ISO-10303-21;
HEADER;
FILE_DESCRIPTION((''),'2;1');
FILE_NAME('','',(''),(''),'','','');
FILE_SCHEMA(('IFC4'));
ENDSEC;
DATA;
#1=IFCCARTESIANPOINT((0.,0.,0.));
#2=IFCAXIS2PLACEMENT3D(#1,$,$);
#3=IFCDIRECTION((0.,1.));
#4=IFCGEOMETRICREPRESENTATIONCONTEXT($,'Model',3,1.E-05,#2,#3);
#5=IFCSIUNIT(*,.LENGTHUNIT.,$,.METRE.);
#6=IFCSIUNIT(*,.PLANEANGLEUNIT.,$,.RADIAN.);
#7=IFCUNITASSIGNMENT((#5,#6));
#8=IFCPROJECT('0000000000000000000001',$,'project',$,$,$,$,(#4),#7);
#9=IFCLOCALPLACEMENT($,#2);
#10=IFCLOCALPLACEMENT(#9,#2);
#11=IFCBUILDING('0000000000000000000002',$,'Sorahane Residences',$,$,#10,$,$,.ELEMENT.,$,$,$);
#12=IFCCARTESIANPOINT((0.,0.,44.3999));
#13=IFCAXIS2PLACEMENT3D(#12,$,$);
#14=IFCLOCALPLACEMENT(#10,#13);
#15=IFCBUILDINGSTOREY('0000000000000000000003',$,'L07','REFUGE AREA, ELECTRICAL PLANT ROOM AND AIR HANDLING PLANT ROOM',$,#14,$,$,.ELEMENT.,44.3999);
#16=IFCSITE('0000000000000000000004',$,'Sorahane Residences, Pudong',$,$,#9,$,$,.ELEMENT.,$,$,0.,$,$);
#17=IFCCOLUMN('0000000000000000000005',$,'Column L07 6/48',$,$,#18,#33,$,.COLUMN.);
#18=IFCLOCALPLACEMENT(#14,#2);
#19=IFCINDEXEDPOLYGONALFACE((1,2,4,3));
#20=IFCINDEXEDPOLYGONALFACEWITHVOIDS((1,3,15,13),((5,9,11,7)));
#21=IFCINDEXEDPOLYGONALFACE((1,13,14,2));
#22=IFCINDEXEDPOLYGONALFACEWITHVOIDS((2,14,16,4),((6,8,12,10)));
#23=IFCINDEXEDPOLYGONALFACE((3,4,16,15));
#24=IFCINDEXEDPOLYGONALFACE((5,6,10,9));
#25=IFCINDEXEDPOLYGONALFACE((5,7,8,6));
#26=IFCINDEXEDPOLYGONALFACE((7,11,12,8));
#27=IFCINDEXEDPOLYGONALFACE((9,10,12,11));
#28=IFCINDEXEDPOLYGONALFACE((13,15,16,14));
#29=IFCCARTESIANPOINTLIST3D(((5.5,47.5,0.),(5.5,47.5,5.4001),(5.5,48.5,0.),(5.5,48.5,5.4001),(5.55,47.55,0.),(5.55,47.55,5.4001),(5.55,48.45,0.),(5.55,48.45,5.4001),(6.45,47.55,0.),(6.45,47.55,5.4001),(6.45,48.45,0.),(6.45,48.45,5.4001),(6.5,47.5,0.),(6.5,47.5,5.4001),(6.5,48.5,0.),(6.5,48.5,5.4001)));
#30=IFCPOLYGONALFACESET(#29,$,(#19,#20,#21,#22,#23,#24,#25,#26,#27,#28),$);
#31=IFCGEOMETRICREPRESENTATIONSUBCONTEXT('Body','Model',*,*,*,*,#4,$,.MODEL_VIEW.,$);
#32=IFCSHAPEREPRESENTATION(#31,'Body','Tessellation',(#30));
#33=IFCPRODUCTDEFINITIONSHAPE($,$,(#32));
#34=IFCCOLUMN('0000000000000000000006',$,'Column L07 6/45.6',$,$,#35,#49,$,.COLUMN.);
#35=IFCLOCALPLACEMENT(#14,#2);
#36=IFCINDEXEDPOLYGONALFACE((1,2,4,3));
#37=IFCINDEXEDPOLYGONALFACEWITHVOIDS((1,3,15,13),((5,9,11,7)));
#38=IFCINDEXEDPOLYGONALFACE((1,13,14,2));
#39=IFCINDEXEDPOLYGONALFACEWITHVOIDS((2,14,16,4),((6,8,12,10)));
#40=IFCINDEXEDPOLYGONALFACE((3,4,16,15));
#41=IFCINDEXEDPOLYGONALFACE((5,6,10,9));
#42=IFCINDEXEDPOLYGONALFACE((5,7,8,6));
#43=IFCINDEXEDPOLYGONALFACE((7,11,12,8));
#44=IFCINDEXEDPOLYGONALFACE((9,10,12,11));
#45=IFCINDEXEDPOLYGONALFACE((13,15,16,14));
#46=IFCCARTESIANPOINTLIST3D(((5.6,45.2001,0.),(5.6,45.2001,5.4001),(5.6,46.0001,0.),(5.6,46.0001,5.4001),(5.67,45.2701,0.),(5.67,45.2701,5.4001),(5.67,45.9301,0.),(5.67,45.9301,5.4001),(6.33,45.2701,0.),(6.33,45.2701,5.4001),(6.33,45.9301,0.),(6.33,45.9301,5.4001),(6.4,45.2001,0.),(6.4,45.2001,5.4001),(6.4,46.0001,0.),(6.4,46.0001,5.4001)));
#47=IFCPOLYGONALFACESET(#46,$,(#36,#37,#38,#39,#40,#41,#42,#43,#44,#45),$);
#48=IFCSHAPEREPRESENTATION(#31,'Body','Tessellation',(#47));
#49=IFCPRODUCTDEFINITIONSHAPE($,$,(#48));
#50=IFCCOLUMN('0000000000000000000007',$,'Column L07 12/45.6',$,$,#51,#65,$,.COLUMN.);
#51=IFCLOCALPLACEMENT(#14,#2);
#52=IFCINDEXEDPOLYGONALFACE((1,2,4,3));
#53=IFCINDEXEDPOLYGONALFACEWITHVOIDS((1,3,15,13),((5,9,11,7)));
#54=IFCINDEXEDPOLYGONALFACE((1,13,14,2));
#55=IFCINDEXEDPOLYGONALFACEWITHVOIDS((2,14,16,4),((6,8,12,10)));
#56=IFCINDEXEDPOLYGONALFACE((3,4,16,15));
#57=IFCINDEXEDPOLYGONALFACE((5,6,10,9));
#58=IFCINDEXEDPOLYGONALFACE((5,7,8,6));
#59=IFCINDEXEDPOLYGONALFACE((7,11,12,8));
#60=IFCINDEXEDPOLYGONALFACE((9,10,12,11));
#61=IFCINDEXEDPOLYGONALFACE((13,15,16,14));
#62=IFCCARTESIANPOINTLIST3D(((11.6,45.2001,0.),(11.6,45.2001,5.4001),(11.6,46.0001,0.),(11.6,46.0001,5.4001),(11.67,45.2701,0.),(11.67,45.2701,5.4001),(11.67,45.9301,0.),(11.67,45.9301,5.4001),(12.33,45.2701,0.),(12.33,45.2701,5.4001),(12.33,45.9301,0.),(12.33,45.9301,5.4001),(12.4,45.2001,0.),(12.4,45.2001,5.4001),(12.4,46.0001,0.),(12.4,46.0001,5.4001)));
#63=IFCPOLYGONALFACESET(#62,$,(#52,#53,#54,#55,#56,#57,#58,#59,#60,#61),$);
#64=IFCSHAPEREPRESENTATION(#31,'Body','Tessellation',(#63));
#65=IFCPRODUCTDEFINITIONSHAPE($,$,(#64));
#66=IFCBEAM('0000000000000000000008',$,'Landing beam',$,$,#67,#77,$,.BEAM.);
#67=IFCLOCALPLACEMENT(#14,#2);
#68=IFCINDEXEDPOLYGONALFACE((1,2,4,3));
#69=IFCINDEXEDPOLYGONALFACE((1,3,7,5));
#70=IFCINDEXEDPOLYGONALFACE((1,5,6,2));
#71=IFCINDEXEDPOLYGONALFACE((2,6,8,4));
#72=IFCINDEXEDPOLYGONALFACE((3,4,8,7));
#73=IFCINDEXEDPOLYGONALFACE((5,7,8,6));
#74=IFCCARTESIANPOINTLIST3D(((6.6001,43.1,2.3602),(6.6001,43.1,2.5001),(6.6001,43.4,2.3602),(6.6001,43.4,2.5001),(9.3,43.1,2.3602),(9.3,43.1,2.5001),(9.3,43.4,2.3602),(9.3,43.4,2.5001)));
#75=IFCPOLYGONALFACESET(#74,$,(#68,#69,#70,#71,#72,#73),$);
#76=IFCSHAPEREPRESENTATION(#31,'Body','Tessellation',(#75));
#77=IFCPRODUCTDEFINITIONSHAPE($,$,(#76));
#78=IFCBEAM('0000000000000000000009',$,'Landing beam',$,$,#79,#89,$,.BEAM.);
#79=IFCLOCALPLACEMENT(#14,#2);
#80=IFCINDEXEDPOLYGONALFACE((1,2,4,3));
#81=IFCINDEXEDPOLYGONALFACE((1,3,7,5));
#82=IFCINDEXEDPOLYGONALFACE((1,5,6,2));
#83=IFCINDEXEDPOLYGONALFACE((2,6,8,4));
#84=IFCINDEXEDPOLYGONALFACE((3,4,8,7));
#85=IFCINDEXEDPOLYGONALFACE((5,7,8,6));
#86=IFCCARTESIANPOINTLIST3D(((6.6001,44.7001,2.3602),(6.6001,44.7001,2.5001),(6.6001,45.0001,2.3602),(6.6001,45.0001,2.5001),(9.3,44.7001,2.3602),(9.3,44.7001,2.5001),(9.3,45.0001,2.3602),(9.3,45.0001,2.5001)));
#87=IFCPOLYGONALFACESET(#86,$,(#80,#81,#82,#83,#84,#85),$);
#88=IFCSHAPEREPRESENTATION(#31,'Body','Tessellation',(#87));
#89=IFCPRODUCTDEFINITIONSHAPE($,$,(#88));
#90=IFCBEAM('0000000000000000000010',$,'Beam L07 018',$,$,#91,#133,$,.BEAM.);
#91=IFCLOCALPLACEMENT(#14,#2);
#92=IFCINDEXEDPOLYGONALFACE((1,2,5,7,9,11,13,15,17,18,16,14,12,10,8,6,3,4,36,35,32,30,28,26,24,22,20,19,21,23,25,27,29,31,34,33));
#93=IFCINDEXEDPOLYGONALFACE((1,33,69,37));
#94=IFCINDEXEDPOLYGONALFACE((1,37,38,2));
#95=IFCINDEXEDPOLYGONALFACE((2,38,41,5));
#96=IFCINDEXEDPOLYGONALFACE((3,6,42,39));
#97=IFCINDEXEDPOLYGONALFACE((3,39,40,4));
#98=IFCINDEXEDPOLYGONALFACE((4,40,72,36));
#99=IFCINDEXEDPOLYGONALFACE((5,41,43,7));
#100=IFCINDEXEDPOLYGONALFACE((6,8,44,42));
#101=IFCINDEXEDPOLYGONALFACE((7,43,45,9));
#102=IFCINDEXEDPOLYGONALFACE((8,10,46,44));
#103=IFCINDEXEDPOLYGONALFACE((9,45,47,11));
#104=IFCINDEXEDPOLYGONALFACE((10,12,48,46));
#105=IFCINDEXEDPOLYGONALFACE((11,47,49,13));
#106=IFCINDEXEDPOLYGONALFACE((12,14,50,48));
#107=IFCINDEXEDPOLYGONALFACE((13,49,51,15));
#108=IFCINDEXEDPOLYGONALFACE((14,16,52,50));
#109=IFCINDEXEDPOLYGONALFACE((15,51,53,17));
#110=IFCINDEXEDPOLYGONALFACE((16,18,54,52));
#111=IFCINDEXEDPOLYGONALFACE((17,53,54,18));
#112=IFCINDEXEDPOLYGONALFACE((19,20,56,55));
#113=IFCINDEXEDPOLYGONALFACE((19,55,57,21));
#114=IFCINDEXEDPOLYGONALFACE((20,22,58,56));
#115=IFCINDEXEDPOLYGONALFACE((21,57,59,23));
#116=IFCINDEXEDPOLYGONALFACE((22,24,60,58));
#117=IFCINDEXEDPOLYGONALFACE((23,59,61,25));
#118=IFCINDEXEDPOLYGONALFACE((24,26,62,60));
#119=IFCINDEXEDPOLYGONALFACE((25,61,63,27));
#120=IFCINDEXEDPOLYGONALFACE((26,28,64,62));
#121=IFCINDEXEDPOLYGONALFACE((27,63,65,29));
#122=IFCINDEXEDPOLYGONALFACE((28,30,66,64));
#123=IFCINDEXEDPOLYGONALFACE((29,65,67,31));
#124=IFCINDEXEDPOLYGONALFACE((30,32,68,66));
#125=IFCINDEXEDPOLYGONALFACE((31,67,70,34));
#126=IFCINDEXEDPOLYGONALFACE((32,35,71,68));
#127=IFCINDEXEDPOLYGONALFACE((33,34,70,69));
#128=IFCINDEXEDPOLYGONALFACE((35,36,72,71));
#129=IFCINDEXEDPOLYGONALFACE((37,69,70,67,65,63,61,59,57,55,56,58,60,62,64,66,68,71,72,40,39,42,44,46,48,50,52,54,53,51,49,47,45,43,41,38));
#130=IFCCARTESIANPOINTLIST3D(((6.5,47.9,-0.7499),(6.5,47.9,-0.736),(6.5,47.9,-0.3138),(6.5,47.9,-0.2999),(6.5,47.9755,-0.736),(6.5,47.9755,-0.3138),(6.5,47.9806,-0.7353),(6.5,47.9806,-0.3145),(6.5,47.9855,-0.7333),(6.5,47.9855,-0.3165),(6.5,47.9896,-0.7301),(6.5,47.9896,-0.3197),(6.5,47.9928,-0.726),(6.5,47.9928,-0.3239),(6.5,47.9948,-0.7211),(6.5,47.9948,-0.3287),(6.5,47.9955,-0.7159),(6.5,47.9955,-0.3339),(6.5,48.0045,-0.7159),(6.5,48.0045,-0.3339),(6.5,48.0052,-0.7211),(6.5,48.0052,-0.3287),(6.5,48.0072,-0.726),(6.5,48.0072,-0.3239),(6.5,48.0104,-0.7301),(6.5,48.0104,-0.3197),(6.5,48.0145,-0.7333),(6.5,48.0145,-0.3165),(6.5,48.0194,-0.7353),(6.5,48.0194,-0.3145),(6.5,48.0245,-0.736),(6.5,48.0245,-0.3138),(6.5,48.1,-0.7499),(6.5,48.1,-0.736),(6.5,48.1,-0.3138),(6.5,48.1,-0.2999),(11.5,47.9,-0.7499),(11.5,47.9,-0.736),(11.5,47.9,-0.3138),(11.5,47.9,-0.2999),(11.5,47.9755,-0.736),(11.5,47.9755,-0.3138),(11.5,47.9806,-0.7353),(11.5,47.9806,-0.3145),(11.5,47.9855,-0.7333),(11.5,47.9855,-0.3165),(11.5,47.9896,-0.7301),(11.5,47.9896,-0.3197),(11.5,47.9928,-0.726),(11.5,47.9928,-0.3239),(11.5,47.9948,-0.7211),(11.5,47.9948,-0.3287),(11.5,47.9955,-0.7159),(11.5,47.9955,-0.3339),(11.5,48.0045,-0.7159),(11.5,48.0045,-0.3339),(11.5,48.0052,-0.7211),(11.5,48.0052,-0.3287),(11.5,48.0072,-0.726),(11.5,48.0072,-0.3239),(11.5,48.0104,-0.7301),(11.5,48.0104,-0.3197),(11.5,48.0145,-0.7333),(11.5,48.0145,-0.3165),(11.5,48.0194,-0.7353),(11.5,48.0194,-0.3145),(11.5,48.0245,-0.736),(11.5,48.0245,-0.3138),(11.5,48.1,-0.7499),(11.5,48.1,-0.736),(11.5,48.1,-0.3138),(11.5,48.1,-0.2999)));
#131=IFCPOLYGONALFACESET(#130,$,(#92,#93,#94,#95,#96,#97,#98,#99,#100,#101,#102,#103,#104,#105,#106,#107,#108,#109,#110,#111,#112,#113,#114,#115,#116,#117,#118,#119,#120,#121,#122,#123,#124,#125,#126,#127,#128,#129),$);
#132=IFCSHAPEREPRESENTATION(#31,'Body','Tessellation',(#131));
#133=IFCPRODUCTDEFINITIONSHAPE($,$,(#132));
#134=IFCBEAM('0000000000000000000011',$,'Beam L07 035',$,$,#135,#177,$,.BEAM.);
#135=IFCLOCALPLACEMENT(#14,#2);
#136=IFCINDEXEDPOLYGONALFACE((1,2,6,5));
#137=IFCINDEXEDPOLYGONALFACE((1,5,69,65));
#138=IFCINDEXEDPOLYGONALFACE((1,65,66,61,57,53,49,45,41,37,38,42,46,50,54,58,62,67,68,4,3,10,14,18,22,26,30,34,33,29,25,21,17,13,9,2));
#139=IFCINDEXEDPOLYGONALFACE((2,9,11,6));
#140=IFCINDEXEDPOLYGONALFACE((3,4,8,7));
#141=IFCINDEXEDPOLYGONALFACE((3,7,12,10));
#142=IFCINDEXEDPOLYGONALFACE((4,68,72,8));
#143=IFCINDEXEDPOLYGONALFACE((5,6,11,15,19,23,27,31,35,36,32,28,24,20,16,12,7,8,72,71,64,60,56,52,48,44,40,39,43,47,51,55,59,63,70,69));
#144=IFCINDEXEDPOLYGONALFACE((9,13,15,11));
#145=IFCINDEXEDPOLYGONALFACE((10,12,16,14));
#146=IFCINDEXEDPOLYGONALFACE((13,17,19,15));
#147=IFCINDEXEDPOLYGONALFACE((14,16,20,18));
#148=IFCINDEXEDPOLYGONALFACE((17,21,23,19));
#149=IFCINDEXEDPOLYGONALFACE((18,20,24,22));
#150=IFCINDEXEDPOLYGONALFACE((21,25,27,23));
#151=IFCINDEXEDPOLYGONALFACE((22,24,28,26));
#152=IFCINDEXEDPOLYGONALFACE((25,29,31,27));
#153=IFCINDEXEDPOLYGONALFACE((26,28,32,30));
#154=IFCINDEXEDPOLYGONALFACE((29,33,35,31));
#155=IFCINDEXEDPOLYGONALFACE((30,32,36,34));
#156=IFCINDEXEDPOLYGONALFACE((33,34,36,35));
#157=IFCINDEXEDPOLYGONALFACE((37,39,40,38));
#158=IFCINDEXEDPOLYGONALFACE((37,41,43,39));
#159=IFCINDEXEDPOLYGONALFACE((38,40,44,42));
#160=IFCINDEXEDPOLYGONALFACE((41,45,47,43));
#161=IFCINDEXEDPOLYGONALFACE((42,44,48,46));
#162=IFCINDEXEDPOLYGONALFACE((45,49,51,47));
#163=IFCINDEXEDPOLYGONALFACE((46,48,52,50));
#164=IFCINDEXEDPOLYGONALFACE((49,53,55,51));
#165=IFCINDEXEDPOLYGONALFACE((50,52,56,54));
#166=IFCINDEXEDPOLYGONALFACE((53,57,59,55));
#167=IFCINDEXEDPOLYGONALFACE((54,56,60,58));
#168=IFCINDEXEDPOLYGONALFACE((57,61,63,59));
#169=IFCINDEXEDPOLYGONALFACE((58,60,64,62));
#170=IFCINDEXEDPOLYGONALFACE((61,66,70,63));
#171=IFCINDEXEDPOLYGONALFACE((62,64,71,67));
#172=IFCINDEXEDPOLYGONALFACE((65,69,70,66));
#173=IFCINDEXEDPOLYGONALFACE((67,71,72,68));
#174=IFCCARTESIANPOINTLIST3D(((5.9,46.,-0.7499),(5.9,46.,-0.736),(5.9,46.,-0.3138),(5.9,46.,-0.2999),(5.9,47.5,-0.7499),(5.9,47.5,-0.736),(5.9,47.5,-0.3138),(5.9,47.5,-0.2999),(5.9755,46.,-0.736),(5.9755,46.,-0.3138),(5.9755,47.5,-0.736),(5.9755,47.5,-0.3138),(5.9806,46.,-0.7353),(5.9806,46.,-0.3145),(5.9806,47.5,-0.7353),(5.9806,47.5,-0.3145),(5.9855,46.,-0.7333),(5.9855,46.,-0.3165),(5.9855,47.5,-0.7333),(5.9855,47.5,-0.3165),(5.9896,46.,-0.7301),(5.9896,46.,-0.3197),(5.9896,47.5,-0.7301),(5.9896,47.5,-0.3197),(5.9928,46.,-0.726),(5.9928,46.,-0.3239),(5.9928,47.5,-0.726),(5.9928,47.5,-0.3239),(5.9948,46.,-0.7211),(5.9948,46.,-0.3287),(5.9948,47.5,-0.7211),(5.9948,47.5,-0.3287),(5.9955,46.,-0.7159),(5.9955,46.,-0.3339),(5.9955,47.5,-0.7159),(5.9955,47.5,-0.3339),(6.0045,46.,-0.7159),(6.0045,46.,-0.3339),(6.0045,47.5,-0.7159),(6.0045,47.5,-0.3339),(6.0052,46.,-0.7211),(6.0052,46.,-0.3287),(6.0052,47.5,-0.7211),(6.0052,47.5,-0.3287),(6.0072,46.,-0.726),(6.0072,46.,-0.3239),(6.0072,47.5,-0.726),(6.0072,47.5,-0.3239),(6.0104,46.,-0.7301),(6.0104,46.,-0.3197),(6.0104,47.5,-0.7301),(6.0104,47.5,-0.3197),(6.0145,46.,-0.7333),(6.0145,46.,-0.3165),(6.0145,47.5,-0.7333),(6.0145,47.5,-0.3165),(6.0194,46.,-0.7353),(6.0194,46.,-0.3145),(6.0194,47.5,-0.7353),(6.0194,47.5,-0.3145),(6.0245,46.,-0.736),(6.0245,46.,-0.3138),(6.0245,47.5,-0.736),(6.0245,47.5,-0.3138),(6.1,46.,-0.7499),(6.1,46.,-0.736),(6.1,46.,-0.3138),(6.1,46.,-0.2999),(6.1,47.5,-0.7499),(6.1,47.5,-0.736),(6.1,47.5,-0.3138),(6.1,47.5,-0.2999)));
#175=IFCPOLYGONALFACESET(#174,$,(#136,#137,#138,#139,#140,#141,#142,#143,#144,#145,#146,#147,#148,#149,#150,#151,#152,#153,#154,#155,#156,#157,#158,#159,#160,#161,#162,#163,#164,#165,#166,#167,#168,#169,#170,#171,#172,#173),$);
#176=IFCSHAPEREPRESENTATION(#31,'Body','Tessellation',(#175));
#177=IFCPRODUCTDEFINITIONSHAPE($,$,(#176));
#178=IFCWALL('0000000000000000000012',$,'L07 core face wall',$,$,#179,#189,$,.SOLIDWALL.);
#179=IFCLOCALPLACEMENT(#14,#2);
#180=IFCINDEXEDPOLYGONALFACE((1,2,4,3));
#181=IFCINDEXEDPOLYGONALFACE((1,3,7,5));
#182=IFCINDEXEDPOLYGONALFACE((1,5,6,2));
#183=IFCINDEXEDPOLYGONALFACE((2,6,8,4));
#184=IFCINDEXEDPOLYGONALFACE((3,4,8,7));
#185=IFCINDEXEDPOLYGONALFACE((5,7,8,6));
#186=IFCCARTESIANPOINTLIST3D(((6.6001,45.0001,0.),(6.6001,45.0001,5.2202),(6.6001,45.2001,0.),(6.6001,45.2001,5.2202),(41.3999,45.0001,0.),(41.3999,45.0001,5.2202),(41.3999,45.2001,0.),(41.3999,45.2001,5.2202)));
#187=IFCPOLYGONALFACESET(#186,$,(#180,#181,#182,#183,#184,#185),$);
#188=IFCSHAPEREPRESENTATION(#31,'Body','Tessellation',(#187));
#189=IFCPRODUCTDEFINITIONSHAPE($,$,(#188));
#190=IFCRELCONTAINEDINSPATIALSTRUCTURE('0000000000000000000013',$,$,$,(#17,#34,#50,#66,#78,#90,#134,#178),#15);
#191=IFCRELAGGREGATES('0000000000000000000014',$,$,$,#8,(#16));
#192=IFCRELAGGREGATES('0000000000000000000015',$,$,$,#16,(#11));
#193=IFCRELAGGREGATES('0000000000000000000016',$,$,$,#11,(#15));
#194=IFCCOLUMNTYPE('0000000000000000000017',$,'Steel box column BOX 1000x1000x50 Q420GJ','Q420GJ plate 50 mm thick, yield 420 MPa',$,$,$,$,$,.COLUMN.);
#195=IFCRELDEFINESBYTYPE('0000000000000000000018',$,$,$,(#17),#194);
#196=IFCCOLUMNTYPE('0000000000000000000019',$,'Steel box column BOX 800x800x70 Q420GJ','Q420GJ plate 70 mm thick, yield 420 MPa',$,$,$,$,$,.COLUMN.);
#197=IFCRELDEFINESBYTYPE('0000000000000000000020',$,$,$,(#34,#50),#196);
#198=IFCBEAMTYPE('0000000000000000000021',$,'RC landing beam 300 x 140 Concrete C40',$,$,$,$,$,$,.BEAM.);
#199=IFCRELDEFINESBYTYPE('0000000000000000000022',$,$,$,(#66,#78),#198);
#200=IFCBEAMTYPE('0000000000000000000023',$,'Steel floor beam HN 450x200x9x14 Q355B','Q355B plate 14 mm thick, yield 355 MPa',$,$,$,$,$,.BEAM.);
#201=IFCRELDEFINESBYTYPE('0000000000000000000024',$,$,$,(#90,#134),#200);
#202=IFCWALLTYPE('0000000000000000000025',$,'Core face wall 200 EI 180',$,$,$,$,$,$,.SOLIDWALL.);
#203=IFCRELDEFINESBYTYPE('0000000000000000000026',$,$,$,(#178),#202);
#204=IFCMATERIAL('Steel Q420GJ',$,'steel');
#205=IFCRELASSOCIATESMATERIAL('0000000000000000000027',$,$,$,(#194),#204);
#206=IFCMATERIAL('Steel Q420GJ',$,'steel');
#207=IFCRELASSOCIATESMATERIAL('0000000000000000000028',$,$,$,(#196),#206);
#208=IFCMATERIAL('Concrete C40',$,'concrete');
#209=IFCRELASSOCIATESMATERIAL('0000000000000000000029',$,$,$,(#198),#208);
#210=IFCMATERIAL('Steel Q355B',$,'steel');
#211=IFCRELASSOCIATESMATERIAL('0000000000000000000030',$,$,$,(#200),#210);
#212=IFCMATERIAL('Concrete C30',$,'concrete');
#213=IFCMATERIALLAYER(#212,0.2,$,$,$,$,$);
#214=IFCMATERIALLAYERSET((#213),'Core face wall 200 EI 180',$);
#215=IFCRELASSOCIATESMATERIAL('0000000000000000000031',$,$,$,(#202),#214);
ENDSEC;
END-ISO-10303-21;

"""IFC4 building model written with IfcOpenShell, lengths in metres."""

from ifc_helpers import new_model, si_unit, direction, frame, frame_2d, origin, origin_2d, place, context, subcontext, project, spatial, rectangle, hollow_rectangle, i_section, extrude, material, layer, layer_set, material_profile, profile_set, type_object, element, save


model = new_model("IFC4")

# Units and contexts
model_context = context("Model", 3, precision=1e-05, world=origin(), true_north=direction((0.0, 1.0)))
body_context = subcontext(model_context, "Body", "Model", "MODEL_VIEW")
ifc_project = project(units=[si_unit("LENGTHUNIT", "METRE"), si_unit("PLANEANGLEUNIT", "RADIAN")], contexts=[model_context])

# Site, building, storey
site_placement = place(None, origin())
site = spatial("IfcSite", under=ifc_project, at=site_placement, Name="Sorahane Residences, Pudong", CompositionType="ELEMENT", RefElevation=0.0)
building_placement = place(site_placement, origin())
building = spatial("IfcBuilding", under=site, at=building_placement, Name="Sorahane Residences", CompositionType="ELEMENT")
storey_placement = place(building_placement, frame((0.0, 0.0, 44.3999)))
storey = spatial("IfcBuildingStorey", under=building, at=storey_placement, Name="L07", Description="REFUGE AREA, ELECTRICAL PLANT ROOM AND AIR HANDLING PLANT ROOM", CompositionType="ELEMENT", Elevation=44.3999)

# Columns
ifc_material_1 = material(Name="Steel Q420GJ", Category="steel")
ifc_material_profile_1 = material_profile(ifc_material_1, hollow_rectangle(XDim=1.0, YDim=1.0, WallThickness=0.05, at=origin_2d()), Name="BOX 1000x1000x50")
ifc_profile_set_1 = profile_set([ifc_material_profile_1], Name="Steel Q420GJ")
column_type_1 = type_object("IfcColumnType", Name="Steel box column BOX 1000x1000x50 Q420GJ", Description="Q420GJ plate 50 mm thick, yield 420 MPa", PredefinedType="COLUMN", material=ifc_profile_set_1)
column_placement = place(storey_placement, frame((6.0, 48.0, 0.0), z_axis=(0.0, 0.0, 1.0), x_axis=(1.0, 0.0, 0.0)))
element("IfcColumn", 1, at=column_placement, inside=storey, type_object=column_type_1, Name="Column L07 6/48", PredefinedType="COLUMN", context=body_context, shape_type="SweptSolid", body=[
    extrude(hollow_rectangle(XDim=1.0, YDim=1.0, WallThickness=0.05, at=origin_2d()), origin(), (0.0, 0.0, 1.0), 5.4001),
])
ifc_material_2 = material(Name="Steel Q420GJ", Category="steel")
ifc_material_profile_2 = material_profile(ifc_material_2, hollow_rectangle(XDim=0.8, YDim=0.8, WallThickness=0.0701, at=origin_2d()), Name="BOX 800x800x70")
ifc_profile_set_2 = profile_set([ifc_material_profile_2], Name="Steel Q420GJ")
column_type_2 = type_object("IfcColumnType", Name="Steel box column BOX 800x800x70 Q420GJ", Description="Q420GJ plate 70 mm thick, yield 420 MPa", PredefinedType="COLUMN", material=ifc_profile_set_2)
for number, where, z_axis, x_axis, name in (
    (2, (6.0, 45.6001, 0.0), (0.0, 0.0, 1.0), (1.0, 0.0, 0.0), "Column L07 6/45.6"),
    (3, (12.0, 45.6001, 0.0), (0.0, 0.0, 1.0), (1.0, 0.0, 0.0), "Column L07 12/45.6"),
):
    element("IfcColumn", number, at=place(storey_placement, frame(where, z_axis=z_axis, x_axis=x_axis)), inside=storey, type_object=column_type_2, Name=name, PredefinedType="COLUMN", context=body_context, shape_type="SweptSolid", body=[
        extrude(hollow_rectangle(XDim=0.8, YDim=0.8, WallThickness=0.0701, at=origin_2d()), origin(), (0.0, 0.0, 1.0), 5.4001),
    ])

# Beams
ifc_material_3 = material(Name="Concrete C40", Category="concrete")
ifc_material_profile_3 = material_profile(ifc_material_3, rectangle(XDim=0.3, YDim=0.1399, at=origin_2d()), Name="300x140")
ifc_profile_set_3 = profile_set([ifc_material_profile_3], Name="Concrete C40")
beam_type_1 = type_object("IfcBeamType", Name="RC landing beam 300 x 140 Concrete C40", PredefinedType="BEAM", material=ifc_profile_set_3)
for number, where, z_axis, x_axis, name in (
    (4, (6.6001, 43.25, 2.4302), (1.0, 0.0, 0.0), (0.0, 1.0, 0.0), "Landing beam"),
    (5, (6.6001, 44.8501, 2.4302), (1.0, 0.0, 0.0), (0.0, 1.0, 0.0), "Landing beam"),
):
    element("IfcBeam", number, at=place(storey_placement, frame(where, z_axis=z_axis, x_axis=x_axis)), inside=storey, type_object=beam_type_1, Name=name, PredefinedType="BEAM", context=body_context, shape_type="SweptSolid", body=[
        extrude(rectangle(XDim=0.3, YDim=0.1399, at=origin_2d()), origin(), (0.0, 0.0, 1.0), 2.7),
    ])
ifc_material_4 = material(Name="Steel Q355B", Category="steel")
ifc_material_profile_4 = material_profile(ifc_material_4, i_section(OverallWidth=0.2, OverallDepth=0.45, WebThickness=0.009, FlangeThickness=0.0139, FilletRadius=0.02, at=origin_2d()), Name="HN 450x200x9x14")
ifc_profile_set_4 = profile_set([ifc_material_profile_4], Name="Steel Q355B")
beam_type_2 = type_object("IfcBeamType", Name="Steel floor beam HN 450x200x9x14 Q355B", Description="Q355B plate 14 mm thick, yield 355 MPa", PredefinedType="BEAM", material=ifc_profile_set_4)
beam_1_placement = place(storey_placement, frame((6.5, 48.0, -0.5249), z_axis=(1.0, 0.0, 0.0), x_axis=(0.0, 1.0, 0.0)))
element("IfcBeam", 6, at=beam_1_placement, inside=storey, type_object=beam_type_2, Name="Beam L07 018", PredefinedType="BEAM", context=body_context, shape_type="SweptSolid", body=[
    extrude(i_section(OverallWidth=0.2, OverallDepth=0.45, WebThickness=0.009, FlangeThickness=0.0139, FilletRadius=0.02, at=origin_2d()), origin(), (0.0, 0.0, 1.0), 5.0),
])
beam_2_placement = place(storey_placement, frame((6.0, 46.0, -0.5249), z_axis=(0.0, 1.0, 0.0), x_axis=(-1.0, 0.0, 0.0)))
element("IfcBeam", 7, at=beam_2_placement, inside=storey, type_object=beam_type_2, Name="Beam L07 035", PredefinedType="BEAM", context=body_context, shape_type="SweptSolid", body=[
    extrude(i_section(OverallWidth=0.2, OverallDepth=0.45, WebThickness=0.009, FlangeThickness=0.0139, FilletRadius=0.02, at=origin_2d()), origin(), (0.0, 0.0, 1.0), 1.5),
])

# Wall
ifc_material_5 = material(Name="Concrete C30", Category="concrete")
ifc_layer_1 = layer(ifc_material_5, 0.2)
ifc_layer_set_1 = layer_set([ifc_layer_1], Name="Core face wall 200 EI 180")
wall_type_1 = type_object("IfcWallType", Name="Core face wall 200 EI 180", PredefinedType="SOLIDWALL", material=ifc_layer_set_1)
wall_1_placement = place(storey_placement, frame((6.6001, 45.1001, 0.0), z_axis=(0.0, 0.0, 1.0), x_axis=(1.0, 0.0, 0.0)))
element("IfcWall", 8, at=wall_1_placement, inside=storey, type_object=wall_type_1, Name="L07 core face wall", PredefinedType="SOLIDWALL", context=body_context, shape_type="SweptSolid", body=[
    extrude(rectangle(XDim=34.7998, YDim=0.2, at=frame_2d((17.3999, 0.0))), origin(), (0.0, 0.0, 1.0), 5.2202),
])

save(model, "model.ifc")
